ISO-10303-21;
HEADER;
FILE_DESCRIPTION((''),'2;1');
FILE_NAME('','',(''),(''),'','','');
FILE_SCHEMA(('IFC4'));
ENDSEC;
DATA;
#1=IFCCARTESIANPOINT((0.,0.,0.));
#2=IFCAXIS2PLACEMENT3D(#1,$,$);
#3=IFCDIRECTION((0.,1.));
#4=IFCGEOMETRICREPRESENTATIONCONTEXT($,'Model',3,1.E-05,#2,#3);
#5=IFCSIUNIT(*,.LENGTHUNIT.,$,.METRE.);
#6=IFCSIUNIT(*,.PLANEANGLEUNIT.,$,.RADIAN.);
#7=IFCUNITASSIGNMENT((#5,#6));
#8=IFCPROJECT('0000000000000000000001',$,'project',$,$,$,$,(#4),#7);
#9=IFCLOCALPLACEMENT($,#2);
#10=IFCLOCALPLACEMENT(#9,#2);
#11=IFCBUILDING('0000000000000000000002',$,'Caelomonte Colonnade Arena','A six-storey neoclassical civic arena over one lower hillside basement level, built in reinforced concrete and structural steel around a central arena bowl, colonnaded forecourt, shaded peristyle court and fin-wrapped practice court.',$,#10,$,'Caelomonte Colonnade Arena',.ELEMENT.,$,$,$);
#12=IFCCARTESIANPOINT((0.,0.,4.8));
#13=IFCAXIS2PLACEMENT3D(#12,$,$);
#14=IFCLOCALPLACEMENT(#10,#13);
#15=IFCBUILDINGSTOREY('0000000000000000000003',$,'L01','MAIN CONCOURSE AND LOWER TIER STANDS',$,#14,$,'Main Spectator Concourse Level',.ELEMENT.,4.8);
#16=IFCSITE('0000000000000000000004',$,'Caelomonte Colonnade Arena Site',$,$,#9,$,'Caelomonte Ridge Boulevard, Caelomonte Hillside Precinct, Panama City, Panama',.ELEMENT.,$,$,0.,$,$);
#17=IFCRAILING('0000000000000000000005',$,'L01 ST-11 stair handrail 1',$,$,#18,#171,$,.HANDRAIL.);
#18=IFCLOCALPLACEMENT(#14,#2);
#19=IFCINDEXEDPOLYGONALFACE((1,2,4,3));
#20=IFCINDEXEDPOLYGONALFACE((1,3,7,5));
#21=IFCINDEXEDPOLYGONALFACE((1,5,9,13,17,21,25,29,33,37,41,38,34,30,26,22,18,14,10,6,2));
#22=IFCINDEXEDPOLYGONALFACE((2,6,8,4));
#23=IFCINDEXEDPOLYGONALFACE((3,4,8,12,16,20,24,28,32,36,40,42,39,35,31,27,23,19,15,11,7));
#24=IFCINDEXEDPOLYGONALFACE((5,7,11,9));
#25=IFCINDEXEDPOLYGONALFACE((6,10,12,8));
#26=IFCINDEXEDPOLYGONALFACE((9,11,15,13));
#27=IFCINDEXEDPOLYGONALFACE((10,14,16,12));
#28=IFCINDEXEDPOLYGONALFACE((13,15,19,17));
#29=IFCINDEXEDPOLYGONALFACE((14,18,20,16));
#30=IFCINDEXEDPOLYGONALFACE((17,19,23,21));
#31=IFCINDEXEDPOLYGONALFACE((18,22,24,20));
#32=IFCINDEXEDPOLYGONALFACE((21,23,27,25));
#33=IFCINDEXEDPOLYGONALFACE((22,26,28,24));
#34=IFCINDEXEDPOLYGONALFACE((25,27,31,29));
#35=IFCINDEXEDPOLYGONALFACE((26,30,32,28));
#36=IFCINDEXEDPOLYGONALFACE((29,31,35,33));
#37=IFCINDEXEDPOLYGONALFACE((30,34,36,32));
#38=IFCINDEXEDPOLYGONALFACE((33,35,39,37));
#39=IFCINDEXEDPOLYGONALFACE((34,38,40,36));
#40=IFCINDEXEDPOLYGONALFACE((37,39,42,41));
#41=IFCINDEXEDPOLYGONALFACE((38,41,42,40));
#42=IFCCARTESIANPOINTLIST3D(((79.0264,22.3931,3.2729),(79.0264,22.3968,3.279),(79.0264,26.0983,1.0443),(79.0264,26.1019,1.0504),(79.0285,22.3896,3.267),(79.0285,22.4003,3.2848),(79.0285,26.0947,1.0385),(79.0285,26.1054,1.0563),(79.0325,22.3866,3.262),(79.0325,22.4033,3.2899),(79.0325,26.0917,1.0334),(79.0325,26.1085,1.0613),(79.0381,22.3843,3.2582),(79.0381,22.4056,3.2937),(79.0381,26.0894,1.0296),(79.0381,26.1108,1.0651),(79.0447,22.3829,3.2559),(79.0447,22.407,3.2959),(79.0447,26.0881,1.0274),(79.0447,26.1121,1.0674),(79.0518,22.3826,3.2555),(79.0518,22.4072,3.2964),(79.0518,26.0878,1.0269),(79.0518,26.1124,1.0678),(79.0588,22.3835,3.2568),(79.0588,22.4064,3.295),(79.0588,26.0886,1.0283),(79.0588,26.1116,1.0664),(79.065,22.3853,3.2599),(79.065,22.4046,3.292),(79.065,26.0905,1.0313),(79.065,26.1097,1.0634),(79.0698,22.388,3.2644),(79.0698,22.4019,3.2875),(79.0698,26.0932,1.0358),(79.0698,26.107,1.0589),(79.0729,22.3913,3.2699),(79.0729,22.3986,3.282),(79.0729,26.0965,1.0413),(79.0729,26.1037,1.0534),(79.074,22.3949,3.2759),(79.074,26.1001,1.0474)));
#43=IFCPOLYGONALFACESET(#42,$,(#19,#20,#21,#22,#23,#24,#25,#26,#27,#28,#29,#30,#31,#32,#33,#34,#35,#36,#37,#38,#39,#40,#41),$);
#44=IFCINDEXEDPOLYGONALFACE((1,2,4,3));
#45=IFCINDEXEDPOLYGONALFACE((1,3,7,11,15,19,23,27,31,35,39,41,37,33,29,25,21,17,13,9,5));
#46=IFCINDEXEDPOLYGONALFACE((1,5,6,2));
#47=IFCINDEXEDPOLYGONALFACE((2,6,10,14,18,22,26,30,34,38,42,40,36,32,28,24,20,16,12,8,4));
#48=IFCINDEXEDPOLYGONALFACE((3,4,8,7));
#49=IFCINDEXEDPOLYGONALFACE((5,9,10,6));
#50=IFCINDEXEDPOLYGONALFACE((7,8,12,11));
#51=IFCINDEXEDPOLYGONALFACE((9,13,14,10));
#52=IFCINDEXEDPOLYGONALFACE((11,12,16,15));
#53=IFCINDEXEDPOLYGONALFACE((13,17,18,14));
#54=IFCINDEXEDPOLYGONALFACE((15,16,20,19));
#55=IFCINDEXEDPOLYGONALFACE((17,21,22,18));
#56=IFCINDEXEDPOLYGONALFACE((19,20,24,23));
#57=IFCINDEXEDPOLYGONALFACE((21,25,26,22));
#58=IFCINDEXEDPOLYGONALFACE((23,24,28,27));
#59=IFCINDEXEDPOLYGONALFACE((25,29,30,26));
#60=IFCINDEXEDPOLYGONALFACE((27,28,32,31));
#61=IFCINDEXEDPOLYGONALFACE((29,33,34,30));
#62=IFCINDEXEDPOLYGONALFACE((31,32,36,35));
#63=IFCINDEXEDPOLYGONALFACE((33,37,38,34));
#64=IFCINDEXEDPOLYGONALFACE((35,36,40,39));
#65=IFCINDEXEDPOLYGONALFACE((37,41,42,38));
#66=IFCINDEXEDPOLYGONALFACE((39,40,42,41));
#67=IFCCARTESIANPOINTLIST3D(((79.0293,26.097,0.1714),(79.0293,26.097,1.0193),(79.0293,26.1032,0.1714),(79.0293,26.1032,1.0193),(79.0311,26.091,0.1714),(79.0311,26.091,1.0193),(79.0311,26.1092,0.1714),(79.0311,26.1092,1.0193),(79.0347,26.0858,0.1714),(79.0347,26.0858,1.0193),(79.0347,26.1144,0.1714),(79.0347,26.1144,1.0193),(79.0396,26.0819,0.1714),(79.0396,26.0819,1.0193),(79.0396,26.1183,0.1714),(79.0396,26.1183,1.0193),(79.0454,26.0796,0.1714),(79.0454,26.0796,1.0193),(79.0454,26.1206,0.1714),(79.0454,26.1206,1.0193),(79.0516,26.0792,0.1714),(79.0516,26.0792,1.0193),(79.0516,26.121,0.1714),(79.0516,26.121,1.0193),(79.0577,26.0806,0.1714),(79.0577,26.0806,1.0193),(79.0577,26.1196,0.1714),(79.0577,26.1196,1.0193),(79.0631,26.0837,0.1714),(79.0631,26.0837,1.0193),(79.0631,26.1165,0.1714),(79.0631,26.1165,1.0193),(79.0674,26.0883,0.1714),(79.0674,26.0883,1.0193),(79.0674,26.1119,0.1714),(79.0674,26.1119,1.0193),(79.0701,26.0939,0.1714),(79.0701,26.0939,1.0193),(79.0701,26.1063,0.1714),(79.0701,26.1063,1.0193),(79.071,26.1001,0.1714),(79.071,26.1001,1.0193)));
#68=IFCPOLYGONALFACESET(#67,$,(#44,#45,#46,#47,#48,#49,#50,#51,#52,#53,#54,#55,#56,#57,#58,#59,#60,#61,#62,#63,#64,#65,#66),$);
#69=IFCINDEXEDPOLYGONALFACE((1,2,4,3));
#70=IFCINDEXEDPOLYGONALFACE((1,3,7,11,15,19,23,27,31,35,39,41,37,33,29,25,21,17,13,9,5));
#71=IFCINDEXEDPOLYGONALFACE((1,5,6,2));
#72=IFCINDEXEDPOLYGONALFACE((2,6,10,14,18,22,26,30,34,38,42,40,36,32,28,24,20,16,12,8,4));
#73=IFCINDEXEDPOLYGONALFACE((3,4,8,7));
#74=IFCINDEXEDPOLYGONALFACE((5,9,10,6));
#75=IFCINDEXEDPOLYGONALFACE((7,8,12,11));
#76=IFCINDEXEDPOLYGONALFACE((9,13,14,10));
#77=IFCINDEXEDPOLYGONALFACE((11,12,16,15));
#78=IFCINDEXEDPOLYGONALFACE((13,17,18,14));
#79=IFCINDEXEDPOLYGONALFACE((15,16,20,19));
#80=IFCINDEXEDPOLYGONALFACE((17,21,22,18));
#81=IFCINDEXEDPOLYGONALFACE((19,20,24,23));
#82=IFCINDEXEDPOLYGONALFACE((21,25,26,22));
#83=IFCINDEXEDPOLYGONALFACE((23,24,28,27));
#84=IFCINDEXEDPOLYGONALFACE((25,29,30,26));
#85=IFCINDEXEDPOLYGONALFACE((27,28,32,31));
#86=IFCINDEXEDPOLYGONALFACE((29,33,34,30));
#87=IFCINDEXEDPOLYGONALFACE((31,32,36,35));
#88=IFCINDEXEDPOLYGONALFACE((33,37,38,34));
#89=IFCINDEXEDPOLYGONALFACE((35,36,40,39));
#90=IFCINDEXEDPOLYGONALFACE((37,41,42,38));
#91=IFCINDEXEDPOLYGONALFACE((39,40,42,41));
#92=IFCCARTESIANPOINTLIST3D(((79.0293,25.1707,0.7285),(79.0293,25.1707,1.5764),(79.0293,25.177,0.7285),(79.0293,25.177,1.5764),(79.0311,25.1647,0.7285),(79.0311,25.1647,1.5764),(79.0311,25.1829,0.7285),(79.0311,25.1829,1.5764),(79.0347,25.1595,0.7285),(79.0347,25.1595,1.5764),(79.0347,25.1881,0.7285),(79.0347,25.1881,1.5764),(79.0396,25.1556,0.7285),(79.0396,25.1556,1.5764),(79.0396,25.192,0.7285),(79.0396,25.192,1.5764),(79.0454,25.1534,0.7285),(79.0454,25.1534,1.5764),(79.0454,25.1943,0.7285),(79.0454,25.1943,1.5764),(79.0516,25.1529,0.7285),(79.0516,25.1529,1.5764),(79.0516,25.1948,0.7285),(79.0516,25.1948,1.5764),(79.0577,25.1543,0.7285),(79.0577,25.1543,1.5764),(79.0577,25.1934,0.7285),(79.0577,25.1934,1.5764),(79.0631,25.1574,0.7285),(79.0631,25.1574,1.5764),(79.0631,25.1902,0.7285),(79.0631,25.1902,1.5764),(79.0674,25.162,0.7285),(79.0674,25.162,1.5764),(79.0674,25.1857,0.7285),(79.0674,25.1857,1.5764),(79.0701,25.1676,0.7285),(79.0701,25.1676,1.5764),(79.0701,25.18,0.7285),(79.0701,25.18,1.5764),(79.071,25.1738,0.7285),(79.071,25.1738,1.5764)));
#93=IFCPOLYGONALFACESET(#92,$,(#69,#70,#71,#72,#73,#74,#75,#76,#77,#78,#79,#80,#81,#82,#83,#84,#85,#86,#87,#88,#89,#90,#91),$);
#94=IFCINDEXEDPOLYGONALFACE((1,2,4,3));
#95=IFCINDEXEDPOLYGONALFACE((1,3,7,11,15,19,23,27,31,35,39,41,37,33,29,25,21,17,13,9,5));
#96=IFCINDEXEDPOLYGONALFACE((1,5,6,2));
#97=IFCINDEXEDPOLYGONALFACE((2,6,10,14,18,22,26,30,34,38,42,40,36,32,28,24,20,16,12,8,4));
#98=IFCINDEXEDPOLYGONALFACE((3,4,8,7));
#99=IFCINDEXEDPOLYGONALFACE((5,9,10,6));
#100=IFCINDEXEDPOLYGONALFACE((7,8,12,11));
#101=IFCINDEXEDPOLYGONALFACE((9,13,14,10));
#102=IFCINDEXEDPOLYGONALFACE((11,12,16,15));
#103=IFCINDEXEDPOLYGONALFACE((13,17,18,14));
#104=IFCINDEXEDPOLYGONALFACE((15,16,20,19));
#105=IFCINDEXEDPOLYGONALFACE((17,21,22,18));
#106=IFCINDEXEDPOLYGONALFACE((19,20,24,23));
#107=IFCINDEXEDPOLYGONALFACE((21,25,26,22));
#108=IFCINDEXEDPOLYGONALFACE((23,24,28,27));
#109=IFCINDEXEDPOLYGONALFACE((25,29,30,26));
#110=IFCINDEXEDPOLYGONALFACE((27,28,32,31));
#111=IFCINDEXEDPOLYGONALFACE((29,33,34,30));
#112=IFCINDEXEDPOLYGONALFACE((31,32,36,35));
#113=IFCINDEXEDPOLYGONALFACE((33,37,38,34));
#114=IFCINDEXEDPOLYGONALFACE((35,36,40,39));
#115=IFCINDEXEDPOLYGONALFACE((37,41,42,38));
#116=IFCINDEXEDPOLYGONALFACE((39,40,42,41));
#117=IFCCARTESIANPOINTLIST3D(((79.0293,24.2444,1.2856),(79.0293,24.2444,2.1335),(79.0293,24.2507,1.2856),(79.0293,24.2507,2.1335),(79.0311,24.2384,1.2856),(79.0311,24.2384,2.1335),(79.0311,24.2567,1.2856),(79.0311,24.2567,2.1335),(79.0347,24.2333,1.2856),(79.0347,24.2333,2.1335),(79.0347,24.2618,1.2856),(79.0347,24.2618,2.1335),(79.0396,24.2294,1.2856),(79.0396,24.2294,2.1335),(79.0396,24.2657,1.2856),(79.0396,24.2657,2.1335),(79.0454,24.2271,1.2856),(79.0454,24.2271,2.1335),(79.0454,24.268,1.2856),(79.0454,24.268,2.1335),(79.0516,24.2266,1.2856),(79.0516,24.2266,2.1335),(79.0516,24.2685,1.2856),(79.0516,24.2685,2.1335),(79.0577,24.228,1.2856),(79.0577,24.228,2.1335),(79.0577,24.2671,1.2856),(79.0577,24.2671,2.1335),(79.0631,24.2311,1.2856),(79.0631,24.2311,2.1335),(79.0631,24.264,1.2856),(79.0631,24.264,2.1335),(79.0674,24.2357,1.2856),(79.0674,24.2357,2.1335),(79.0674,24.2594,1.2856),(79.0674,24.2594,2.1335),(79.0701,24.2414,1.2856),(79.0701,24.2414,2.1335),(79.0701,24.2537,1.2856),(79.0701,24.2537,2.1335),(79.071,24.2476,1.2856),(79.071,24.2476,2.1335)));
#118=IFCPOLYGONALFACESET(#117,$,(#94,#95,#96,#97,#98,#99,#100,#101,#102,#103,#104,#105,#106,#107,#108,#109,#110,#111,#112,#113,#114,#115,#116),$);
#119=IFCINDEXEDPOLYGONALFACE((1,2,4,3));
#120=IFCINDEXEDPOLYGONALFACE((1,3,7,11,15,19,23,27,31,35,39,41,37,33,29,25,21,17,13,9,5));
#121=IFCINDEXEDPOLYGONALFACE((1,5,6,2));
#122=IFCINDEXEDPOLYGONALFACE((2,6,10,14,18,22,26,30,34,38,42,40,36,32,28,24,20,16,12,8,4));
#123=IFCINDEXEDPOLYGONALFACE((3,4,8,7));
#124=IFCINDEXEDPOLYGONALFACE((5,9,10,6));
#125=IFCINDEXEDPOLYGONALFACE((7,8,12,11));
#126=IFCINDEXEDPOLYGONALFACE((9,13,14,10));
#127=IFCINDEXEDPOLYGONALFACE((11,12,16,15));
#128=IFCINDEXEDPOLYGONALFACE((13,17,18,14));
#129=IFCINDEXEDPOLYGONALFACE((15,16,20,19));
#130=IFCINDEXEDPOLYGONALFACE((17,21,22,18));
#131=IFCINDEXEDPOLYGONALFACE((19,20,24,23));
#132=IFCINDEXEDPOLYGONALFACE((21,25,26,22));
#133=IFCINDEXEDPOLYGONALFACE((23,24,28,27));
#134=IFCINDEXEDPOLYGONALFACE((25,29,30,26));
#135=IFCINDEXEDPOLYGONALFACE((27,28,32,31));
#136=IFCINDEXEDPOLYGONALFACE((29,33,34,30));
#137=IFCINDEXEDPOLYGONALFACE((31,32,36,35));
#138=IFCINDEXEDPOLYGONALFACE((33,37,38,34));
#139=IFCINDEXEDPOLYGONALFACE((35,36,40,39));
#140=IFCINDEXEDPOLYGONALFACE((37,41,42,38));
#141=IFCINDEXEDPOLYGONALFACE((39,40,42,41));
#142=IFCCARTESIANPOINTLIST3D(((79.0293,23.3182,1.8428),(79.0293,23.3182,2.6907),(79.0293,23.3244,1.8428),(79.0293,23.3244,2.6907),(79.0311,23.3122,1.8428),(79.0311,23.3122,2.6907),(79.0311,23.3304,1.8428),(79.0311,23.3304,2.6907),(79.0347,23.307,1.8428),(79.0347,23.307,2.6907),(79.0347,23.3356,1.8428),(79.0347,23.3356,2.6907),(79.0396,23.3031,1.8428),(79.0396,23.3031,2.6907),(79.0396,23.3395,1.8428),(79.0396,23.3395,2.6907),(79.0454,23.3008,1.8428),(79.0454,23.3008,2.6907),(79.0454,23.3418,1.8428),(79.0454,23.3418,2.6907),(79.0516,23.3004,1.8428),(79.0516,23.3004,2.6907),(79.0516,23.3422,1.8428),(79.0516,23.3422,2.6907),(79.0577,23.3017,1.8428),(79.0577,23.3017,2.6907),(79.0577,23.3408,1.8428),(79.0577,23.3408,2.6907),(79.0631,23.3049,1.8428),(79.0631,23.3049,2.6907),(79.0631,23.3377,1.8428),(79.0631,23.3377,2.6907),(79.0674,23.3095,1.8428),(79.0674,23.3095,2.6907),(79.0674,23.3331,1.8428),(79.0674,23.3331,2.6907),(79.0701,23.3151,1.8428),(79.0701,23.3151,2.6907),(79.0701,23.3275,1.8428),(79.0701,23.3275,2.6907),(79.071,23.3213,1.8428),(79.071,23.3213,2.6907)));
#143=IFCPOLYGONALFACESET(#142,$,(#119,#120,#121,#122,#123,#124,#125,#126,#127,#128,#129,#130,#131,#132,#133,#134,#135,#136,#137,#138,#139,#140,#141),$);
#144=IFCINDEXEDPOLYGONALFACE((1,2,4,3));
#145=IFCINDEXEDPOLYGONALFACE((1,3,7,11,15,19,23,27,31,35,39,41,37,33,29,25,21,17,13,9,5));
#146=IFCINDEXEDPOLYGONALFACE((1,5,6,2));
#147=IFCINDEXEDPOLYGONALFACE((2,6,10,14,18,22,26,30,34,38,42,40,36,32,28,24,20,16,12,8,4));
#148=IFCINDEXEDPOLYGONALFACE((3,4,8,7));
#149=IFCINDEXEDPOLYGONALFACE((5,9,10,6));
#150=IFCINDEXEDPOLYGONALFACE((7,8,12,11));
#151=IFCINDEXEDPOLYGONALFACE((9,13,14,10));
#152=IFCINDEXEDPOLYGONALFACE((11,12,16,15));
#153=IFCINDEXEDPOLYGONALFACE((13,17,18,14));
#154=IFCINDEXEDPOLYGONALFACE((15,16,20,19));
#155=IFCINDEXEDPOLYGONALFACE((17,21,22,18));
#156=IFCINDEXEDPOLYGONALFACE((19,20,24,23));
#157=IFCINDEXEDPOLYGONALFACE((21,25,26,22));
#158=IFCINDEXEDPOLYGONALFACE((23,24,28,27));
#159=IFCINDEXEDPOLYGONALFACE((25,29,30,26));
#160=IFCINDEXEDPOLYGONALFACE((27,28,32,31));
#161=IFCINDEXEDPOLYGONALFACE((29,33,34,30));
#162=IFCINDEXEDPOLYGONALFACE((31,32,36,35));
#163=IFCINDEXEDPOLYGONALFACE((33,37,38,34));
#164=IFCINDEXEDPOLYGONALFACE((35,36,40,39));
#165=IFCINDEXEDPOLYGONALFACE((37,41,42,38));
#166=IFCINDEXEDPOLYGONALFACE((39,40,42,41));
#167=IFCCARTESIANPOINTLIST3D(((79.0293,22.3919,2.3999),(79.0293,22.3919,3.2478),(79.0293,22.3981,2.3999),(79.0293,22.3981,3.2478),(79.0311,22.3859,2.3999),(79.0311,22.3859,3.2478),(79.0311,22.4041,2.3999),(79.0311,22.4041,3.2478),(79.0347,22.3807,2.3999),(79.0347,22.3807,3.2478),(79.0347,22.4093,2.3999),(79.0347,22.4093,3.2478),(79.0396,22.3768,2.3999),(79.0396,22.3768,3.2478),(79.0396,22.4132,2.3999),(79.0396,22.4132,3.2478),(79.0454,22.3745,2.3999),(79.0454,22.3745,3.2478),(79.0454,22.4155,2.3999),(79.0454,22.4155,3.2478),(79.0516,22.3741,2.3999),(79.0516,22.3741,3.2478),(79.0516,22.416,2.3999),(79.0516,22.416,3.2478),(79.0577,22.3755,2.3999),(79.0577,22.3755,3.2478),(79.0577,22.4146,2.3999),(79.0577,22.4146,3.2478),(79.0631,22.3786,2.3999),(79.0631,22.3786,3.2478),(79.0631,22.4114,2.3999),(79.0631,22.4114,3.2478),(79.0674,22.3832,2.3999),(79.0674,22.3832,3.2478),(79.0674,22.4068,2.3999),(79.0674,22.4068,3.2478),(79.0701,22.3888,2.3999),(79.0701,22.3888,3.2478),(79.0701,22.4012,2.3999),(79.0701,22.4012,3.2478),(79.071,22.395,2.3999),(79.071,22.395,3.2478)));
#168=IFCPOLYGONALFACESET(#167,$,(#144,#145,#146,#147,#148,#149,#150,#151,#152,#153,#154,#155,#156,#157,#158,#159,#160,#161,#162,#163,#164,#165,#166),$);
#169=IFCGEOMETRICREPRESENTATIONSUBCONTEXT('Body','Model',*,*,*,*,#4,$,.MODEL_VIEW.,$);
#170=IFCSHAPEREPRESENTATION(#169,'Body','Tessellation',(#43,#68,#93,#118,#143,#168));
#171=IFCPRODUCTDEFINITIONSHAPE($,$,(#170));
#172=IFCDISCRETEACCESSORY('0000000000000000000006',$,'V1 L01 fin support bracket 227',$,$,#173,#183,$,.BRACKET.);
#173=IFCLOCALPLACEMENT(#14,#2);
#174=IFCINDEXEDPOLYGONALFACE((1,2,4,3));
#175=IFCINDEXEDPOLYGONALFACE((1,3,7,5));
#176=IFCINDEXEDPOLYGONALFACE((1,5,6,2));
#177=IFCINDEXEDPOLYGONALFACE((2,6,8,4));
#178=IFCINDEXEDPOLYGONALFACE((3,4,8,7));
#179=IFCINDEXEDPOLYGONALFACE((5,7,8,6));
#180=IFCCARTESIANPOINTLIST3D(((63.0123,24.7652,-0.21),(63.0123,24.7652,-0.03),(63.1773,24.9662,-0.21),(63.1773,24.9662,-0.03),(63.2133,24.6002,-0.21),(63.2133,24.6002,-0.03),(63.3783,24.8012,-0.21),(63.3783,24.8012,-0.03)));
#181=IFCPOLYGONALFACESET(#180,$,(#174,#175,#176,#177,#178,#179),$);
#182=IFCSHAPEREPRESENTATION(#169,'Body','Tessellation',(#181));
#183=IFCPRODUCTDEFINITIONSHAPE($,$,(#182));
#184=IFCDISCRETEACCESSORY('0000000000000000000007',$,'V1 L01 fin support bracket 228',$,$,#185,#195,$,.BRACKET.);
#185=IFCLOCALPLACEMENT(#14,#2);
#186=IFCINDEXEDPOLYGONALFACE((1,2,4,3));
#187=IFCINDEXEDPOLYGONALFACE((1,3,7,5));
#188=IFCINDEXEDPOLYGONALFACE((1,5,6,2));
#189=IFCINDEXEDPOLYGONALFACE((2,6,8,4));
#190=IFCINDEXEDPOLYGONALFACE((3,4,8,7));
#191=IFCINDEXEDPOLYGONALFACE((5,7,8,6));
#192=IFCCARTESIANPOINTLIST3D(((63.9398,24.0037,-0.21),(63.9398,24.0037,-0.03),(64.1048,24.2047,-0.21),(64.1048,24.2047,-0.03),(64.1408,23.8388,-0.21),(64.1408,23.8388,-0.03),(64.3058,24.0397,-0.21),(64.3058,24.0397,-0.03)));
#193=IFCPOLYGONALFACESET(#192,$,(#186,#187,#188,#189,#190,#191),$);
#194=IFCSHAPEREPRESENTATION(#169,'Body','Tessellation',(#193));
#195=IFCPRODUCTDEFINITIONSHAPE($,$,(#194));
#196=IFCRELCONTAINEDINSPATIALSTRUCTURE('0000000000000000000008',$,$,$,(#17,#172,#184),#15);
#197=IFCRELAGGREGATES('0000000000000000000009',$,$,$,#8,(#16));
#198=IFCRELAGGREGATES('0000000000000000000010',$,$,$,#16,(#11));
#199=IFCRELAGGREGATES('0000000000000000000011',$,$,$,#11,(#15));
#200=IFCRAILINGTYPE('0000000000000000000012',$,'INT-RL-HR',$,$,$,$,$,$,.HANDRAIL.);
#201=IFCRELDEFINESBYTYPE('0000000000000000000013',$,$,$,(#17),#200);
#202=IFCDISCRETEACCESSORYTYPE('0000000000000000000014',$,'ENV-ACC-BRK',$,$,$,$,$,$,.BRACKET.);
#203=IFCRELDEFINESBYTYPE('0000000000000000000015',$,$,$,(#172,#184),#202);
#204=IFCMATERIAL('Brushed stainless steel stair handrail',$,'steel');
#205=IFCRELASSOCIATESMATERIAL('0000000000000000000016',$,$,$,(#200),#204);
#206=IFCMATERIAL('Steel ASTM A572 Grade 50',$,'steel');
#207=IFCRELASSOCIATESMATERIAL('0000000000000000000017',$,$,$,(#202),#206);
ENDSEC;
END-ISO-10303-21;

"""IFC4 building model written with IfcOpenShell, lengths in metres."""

from ifc_helpers import new_model, si_unit, direction, frame, origin, origin_2d, place, context, subcontext, project, spatial, rectangle, circle, extrude, material, type_object, element, save


model = new_model("IFC4")

# Units and contexts
model_context = context("Model", 3, precision=1e-05, world=origin(), true_north=direction((0.0, 1.0)))
body_context = subcontext(model_context, "Body", "Model", "MODEL_VIEW")
ifc_project = project(units=[si_unit("LENGTHUNIT", "METRE"), si_unit("PLANEANGLEUNIT", "RADIAN")], contexts=[model_context])

# Site, building, storey
site_placement = place(None, origin())
site = spatial("IfcSite", under=ifc_project, at=site_placement, Name="Caelomonte Colonnade Arena Site", LongName="Caelomonte Ridge Boulevard, Caelomonte Hillside Precinct, Panama City, Panama", CompositionType="ELEMENT", RefElevation=0.0)
building_placement = place(site_placement, origin())
building = spatial("IfcBuilding", under=site, at=building_placement, Name="Caelomonte Colonnade Arena", Description="A six-storey neoclassical civic arena over one lower hillside basement level, built in reinforced concrete and structural steel around a central arena bowl, colonnaded forecourt, shaded peristyle court and fin-wrapped practice court.", LongName="Caelomonte Colonnade Arena", CompositionType="ELEMENT")
storey_placement = place(building_placement, frame((0.0, 0.0, 4.8)))
storey = spatial("IfcBuildingStorey", under=building, at=storey_placement, Name="L01", Description="MAIN CONCOURSE AND LOWER TIER STANDS", LongName="Main Spectator Concourse Level", CompositionType="ELEMENT", Elevation=4.8)

# Railing
ifc_material_1 = material(Name="Brushed stainless steel stair handrail", Category="steel")
railing_type_1 = type_object("IfcRailingType", Name="INT-RL-HR", PredefinedType="HANDRAIL", material=ifc_material_1)
railing_1_placement = place(storey_placement, frame((79.05, 26.1001, 0.1714)))
element("IfcRailing", 1, at=railing_1_placement, inside=storey, type_object=railing_type_1, Name="L01 ST-11 stair handrail 1", PredefinedType="HANDRAIL", context=body_context, shape_type="SweptSolid", body=[
    extrude(circle(Radius=0.0239, at=origin_2d()), frame((0.0, 0.0, 0.876), z_axis=(0.0, -0.856934, 0.515425), x_axis=(1.0, 0.0, 0.0)), (0.0, 0.0, 1.0), 4.3237),
    extrude(circle(Radius=0.021, at=origin_2d()), origin(), (0.0, 0.0, 1.0), 0.8479),
    extrude(circle(Radius=0.021, at=origin_2d()), frame((0.0, -0.9263, 0.5571)), (0.0, 0.0, 1.0), 0.8479),
    extrude(circle(Radius=0.021, at=origin_2d()), frame((0.0, -1.8525, 1.1143)), (0.0, 0.0, 1.0), 0.8479),
    extrude(circle(Radius=0.021, at=origin_2d()), frame((0.0, -2.7788, 1.6714)), (0.0, 0.0, 1.0), 0.8479),
    extrude(circle(Radius=0.021, at=origin_2d()), frame((0.0, -3.7051, 2.2285)), (0.0, 0.0, 1.0), 0.8479),
])

# Discrete accessories
ifc_material_2 = material(Name="Steel ASTM A572 Grade 50", Category="steel")
discrete_accessory_type = type_object("IfcDiscreteAccessoryType", Name="ENV-ACC-BRK", PredefinedType="BRACKET", material=ifc_material_2)
for number, where, z_axis, x_axis, name in (
    (2, (63.1953, 24.7832, -0.21), (0.0, 0.0, 1.0), (0.772994, -0.634414, 0.0), "V1 L01 fin support bracket 227"),
    (3, (64.1228, 24.0217, -0.21), (0.0, 0.0, 1.0), (0.772994, -0.634414, 0.0), "V1 L01 fin support bracket 228"),
):
    element("IfcDiscreteAccessory", number, at=place(storey_placement, frame(where, z_axis=z_axis, x_axis=x_axis)), inside=storey, type_object=discrete_accessory_type, Name=name, PredefinedType="BRACKET", context=body_context, shape_type="SweptSolid", body=[
        extrude(rectangle(XDim=0.26, YDim=0.26, at=origin_2d()), origin(), (0.0, 0.0, 1.0), 0.1799),
    ])

save(model, "model.ifc")
